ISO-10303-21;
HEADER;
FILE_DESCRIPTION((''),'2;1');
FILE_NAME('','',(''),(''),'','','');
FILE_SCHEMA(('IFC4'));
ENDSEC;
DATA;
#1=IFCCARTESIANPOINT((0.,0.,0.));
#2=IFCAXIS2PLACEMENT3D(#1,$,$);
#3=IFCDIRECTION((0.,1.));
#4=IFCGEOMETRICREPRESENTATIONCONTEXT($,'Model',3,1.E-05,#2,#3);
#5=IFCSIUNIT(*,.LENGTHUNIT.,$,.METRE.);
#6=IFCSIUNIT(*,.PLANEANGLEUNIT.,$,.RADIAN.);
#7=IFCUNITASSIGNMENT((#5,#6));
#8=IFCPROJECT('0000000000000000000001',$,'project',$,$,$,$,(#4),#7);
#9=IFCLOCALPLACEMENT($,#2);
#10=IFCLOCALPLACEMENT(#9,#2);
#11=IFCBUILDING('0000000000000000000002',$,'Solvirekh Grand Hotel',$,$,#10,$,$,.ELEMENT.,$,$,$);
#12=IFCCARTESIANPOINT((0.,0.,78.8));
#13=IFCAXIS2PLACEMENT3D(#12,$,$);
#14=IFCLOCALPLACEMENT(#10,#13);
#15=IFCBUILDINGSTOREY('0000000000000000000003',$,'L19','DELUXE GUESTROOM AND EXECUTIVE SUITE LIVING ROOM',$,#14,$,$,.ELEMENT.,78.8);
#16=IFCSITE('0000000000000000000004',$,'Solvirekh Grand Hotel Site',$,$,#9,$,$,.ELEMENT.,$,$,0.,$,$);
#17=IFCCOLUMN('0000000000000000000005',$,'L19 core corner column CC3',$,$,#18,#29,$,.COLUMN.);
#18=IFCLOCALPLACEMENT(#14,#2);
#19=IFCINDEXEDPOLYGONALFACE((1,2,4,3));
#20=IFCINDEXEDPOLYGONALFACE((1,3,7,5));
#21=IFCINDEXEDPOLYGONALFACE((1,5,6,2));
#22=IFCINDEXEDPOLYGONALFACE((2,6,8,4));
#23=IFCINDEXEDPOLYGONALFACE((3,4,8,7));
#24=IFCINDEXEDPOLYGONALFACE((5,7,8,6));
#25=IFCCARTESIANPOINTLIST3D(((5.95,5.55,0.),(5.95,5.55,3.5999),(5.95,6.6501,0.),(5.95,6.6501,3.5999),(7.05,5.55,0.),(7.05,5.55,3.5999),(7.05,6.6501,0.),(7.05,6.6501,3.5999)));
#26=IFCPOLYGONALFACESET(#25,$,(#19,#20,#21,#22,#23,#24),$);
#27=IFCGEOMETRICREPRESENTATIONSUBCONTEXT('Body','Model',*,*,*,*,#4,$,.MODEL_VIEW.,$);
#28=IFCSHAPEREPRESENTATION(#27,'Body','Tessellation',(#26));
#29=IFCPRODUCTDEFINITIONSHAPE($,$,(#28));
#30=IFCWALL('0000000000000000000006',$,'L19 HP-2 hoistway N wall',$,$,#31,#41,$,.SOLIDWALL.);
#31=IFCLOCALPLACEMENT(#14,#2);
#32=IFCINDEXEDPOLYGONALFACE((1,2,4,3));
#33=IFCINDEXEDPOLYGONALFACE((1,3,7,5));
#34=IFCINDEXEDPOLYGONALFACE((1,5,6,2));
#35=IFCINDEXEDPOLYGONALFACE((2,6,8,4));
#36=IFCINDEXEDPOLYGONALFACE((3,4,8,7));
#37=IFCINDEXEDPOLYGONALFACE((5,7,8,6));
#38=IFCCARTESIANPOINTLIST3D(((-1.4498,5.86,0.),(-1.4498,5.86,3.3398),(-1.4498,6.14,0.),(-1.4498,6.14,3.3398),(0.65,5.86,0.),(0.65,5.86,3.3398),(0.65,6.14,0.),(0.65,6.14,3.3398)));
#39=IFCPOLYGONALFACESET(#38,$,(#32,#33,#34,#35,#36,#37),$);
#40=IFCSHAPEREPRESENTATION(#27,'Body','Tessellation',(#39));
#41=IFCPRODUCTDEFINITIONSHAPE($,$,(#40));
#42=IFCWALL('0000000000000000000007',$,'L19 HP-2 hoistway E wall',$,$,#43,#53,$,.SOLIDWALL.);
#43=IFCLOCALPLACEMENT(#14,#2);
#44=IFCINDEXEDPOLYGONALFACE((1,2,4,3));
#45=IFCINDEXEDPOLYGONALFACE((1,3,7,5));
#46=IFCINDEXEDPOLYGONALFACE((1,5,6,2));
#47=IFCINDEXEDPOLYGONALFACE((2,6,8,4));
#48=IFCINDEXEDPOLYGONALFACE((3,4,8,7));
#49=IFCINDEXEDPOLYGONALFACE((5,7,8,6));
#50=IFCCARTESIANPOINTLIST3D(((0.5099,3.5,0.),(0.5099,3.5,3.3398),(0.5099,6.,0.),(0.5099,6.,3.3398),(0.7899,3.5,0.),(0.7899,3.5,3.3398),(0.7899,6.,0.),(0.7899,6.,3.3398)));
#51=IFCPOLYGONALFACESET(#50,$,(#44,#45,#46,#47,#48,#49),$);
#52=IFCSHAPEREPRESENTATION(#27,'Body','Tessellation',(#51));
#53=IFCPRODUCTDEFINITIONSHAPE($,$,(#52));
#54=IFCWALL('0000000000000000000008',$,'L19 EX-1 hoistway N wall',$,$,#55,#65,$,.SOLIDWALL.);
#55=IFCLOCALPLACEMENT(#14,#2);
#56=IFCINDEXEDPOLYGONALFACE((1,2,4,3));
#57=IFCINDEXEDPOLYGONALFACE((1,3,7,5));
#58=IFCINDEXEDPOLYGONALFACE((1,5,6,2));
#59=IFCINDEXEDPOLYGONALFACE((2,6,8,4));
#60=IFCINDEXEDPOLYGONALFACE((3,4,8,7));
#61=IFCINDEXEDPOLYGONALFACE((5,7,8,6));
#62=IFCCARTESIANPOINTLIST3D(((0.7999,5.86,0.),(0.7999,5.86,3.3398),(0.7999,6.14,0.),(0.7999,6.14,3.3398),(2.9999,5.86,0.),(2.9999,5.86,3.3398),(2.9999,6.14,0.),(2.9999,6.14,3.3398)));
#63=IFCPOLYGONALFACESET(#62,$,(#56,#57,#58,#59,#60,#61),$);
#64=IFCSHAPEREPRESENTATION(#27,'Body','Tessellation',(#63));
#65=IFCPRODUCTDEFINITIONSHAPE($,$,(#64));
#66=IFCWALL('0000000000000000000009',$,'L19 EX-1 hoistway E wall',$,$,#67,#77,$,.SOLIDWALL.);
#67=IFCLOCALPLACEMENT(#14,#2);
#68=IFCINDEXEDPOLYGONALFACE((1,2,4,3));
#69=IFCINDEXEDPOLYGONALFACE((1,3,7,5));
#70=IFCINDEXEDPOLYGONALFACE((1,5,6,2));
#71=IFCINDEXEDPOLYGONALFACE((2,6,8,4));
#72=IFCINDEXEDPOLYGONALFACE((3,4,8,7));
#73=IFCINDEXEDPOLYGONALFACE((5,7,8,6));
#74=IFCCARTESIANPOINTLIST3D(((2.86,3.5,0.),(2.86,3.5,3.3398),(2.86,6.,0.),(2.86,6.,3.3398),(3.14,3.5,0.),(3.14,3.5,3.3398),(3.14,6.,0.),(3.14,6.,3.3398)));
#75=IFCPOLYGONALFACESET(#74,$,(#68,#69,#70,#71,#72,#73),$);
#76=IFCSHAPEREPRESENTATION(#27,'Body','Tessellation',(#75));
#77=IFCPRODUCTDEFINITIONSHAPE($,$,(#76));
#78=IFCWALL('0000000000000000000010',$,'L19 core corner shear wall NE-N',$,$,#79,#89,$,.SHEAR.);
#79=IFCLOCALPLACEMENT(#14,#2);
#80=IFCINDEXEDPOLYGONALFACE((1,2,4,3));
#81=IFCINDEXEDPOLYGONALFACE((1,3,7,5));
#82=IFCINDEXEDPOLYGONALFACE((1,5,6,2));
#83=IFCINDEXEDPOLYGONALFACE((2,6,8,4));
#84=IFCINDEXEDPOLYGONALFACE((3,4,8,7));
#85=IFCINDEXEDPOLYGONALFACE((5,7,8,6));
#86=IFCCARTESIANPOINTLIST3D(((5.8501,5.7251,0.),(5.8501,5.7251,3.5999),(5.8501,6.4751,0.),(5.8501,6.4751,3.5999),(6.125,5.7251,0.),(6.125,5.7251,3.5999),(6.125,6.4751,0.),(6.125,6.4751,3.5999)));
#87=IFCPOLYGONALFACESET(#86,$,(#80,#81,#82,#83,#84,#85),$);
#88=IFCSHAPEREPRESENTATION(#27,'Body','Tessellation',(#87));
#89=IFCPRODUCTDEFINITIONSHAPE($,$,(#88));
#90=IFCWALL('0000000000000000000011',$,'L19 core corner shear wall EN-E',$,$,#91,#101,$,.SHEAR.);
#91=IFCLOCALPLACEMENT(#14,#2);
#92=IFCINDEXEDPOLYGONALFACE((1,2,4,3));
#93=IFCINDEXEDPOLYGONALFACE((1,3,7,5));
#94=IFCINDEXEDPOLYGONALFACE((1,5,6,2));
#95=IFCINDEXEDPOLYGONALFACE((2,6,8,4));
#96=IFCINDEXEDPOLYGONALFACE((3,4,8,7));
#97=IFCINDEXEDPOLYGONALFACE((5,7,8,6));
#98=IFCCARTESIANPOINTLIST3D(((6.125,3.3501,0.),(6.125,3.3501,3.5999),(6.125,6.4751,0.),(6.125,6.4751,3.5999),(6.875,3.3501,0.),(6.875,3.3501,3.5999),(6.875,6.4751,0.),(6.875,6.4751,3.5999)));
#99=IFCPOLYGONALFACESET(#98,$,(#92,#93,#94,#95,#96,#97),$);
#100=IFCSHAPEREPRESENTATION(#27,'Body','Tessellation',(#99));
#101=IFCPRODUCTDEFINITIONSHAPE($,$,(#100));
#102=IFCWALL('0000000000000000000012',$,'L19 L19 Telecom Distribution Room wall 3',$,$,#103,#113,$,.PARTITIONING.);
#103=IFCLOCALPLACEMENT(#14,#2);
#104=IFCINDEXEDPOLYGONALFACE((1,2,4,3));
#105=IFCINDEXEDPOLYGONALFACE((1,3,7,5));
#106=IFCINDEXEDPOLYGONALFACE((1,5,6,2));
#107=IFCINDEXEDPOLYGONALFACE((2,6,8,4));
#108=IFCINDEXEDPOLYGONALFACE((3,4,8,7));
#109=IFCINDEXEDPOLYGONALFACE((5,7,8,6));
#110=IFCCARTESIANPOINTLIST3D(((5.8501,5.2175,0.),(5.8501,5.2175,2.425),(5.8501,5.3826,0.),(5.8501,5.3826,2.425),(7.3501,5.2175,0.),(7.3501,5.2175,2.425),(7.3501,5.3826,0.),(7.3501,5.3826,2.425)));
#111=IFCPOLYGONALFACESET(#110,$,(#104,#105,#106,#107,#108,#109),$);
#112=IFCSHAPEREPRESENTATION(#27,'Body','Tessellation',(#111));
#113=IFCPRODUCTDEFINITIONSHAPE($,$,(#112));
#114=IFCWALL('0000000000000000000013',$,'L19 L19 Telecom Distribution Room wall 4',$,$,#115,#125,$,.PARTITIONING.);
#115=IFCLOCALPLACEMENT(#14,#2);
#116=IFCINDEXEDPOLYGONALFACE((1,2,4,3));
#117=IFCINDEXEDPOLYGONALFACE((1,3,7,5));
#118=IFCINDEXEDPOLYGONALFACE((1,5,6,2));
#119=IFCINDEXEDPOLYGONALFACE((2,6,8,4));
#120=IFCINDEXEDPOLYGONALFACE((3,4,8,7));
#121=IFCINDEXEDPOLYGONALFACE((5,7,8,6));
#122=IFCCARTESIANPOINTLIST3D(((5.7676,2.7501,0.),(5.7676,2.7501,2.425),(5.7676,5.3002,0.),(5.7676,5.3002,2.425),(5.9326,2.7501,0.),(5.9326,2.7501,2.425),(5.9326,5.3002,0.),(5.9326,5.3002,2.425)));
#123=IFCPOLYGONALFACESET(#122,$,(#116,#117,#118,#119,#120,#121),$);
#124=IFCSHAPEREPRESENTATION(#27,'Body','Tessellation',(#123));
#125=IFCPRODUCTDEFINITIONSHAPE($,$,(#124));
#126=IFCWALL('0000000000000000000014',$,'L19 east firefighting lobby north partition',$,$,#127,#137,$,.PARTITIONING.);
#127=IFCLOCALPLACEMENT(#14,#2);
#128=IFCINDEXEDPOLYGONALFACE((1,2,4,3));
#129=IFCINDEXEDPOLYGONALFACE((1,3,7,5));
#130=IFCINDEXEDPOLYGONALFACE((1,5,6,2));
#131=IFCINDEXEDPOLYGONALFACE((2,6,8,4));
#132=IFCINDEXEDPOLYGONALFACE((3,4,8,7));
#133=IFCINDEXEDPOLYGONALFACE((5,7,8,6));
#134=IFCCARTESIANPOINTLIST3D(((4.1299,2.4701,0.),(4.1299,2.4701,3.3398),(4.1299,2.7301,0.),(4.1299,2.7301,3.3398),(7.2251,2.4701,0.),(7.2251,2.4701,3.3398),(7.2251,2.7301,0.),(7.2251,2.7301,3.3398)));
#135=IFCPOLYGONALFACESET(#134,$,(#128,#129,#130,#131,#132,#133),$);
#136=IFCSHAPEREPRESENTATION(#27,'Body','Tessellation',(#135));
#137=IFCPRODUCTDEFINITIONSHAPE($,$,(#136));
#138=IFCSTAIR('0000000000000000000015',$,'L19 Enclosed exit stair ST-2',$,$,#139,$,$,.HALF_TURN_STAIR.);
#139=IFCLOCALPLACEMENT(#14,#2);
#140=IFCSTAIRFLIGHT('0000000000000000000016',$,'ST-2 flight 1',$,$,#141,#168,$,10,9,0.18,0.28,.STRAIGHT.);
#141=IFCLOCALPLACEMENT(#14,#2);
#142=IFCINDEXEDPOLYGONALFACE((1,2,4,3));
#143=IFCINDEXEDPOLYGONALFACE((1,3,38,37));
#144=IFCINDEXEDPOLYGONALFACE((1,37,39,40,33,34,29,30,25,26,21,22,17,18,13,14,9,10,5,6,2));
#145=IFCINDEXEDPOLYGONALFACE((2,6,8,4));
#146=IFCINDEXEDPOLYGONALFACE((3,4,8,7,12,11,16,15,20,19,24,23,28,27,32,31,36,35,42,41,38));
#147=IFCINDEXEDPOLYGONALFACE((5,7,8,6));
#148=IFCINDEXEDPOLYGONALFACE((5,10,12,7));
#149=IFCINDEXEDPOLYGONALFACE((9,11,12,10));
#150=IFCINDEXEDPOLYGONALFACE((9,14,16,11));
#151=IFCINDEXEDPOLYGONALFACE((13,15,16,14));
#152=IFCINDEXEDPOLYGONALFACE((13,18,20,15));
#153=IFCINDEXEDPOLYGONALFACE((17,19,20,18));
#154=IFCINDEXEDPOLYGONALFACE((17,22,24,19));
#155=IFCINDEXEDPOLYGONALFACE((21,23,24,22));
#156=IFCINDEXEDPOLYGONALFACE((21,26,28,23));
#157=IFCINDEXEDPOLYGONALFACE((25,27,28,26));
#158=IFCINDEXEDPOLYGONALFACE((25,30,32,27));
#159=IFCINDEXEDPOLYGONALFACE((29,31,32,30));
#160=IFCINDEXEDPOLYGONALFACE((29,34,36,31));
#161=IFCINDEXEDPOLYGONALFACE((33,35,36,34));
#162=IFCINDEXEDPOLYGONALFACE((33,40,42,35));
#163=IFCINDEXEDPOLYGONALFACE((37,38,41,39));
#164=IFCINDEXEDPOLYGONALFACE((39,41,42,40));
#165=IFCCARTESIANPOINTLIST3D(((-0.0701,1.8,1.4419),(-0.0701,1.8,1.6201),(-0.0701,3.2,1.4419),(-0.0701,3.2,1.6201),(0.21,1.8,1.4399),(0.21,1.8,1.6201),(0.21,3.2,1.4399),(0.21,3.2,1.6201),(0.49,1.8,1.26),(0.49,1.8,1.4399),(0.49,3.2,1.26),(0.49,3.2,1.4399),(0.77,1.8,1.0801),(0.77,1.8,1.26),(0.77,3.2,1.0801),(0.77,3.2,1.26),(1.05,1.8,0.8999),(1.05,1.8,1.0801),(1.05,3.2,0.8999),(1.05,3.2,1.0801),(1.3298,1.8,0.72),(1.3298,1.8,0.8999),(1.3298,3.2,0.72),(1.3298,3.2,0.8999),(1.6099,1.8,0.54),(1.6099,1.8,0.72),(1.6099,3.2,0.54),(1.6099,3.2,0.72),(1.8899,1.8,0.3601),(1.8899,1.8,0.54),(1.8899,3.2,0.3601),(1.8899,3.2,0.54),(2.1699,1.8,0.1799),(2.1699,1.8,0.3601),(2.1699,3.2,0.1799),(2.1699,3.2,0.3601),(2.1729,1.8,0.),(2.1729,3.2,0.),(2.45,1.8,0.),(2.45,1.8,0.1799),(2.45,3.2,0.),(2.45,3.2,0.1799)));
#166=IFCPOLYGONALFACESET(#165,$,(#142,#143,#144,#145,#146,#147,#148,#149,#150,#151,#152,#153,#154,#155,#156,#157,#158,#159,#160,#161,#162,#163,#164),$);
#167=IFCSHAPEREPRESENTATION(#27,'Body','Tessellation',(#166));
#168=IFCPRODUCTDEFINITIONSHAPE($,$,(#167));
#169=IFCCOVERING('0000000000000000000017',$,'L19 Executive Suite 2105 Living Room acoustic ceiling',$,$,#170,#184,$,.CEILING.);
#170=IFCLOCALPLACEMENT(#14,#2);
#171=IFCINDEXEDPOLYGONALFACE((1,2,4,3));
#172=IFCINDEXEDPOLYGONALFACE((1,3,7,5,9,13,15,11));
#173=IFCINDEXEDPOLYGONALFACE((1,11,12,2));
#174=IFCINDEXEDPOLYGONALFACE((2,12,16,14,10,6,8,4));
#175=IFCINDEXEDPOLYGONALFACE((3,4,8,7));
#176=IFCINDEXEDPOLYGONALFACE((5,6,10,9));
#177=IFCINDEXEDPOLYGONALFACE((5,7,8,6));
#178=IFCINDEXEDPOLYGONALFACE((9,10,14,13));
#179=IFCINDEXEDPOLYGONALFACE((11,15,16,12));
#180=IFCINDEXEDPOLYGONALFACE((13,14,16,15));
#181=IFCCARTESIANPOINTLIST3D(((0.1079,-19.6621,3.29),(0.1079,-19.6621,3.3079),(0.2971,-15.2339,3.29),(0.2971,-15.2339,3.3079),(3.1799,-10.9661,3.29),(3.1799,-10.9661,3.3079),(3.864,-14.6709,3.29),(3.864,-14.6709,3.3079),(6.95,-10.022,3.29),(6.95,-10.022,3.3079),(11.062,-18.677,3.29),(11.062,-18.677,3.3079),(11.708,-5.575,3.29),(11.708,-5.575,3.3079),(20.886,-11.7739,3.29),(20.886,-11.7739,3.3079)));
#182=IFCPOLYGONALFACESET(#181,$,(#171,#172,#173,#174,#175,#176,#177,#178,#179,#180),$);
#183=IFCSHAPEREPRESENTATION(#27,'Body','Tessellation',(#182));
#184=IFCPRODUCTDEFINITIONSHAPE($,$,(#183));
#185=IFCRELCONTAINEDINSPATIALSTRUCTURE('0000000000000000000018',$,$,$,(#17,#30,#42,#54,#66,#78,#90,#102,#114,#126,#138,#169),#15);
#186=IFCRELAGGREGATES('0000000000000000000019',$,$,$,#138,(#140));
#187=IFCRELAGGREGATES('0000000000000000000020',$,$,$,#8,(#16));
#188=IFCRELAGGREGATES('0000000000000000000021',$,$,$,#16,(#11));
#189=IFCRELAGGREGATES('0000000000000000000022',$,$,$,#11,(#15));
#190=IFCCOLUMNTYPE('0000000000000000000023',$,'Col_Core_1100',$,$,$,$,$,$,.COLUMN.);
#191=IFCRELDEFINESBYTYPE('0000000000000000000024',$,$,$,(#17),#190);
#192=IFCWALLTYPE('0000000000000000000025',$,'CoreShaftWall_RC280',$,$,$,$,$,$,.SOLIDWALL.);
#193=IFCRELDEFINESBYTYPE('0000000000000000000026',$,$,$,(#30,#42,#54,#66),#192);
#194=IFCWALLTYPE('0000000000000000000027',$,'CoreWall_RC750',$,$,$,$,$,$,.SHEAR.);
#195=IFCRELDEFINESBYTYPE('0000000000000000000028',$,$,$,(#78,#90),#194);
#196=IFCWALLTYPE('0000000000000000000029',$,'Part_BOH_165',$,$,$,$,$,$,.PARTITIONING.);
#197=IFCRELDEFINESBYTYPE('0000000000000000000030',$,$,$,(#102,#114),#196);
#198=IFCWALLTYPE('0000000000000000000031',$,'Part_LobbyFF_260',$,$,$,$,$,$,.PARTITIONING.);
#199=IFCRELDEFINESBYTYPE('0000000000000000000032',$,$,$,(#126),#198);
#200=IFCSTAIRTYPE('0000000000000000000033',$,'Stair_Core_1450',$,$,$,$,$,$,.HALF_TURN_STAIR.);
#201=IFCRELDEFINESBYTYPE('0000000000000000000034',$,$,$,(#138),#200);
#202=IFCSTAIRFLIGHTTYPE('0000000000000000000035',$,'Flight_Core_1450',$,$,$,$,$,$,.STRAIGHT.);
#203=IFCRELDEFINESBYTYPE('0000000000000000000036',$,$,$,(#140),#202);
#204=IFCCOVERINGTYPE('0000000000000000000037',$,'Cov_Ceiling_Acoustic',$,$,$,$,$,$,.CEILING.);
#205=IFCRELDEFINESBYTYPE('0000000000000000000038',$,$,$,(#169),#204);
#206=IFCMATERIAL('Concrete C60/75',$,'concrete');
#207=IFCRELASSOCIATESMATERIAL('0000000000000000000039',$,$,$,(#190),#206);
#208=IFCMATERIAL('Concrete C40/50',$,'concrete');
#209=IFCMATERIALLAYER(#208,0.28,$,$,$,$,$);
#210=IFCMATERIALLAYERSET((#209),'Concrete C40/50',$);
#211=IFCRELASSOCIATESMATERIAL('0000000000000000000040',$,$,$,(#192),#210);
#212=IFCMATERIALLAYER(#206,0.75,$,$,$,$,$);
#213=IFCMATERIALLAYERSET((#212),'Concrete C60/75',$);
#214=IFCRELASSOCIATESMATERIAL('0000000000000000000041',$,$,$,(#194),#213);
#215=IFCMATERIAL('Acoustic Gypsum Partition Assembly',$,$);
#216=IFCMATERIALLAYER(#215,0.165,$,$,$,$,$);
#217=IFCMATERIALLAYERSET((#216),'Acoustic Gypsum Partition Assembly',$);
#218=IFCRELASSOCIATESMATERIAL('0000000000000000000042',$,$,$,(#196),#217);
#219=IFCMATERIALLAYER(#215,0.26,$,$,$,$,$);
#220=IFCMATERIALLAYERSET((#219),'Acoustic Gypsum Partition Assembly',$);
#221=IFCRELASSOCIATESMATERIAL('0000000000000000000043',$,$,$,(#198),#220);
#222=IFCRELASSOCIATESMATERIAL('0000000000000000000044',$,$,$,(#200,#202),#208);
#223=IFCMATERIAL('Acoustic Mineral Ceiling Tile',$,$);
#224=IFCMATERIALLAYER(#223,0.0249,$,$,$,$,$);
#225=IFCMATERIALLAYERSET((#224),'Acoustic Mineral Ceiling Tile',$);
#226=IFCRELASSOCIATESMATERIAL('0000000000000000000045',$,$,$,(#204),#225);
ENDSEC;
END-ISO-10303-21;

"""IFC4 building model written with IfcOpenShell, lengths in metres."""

from ifc_helpers import new_model, si_unit, direction, frame, frame_2d, origin, origin_2d, place, context, subcontext, project, spatial, polyline, rectangle, outline, extrude, material, layer, layer_set, material_profile, profile_set, type_object, element, aggregate, save


model = new_model("IFC4")

# Units and contexts
model_context = context("Model", 3, precision=1e-05, world=origin(), true_north=direction((0.0, 1.0)))
body_context = subcontext(model_context, "Body", "Model", "MODEL_VIEW")
ifc_project = project(units=[si_unit("LENGTHUNIT", "METRE"), si_unit("PLANEANGLEUNIT", "RADIAN")], contexts=[model_context])

# Site, building, storey
site_placement = place(None, origin())
site = spatial("IfcSite", under=ifc_project, at=site_placement, Name="Solvirekh Grand Hotel Site", CompositionType="ELEMENT", RefElevation=0.0)
building_placement = place(site_placement, origin())
building = spatial("IfcBuilding", under=site, at=building_placement, Name="Solvirekh Grand Hotel", CompositionType="ELEMENT")
storey_placement = place(building_placement, frame((0.0, 0.0, 78.8)))
storey = spatial("IfcBuildingStorey", under=building, at=storey_placement, Name="L19", Description="DELUXE GUESTROOM AND EXECUTIVE SUITE LIVING ROOM", CompositionType="ELEMENT", Elevation=78.8)

# Column
ifc_material_1 = material(Name="Concrete C60/75", Category="concrete")
ifc_material_profile = material_profile(ifc_material_1, rectangle(XDim=1.1001, YDim=1.1001, at=origin_2d()), Name="RC 1100X1100")
ifc_profile_set = profile_set([ifc_material_profile], Name="Concrete C60/75")
column_type = type_object("IfcColumnType", Name="Col_Core_1100", PredefinedType="COLUMN", material=ifc_profile_set)
column_placement = place(storey_placement, frame((6.5, 6.1001, 0.0), z_axis=(0.0, 0.0, 1.0), x_axis=(1.0, 0.0, 0.0)))
element("IfcColumn", 1, at=column_placement, inside=storey, type_object=column_type, Name="L19 core corner column CC3", PredefinedType="COLUMN", context=body_context, shape_type="SweptSolid", body=[
    extrude(rectangle(XDim=1.1001, YDim=1.1001, at=origin_2d()), origin(), (0.0, 0.0, 1.0), 3.5999),
])

# Walls
ifc_material_2 = material(Name="Concrete C40/50", Category="concrete")
ifc_layer_1 = layer(ifc_material_2, 0.28)
ifc_layer_set_1 = layer_set([ifc_layer_1], Name="Concrete C40/50")
wall_type_1 = type_object("IfcWallType", Name="CoreShaftWall_RC280", PredefinedType="SOLIDWALL", material=ifc_layer_set_1)
wall_1_placement = place(storey_placement, frame((0.6499, 6.0, 0.0), z_axis=(0.0, 0.0, 1.0), x_axis=(-1.0, 0.0, 0.0)))
element("IfcWall", 2, at=wall_1_placement, inside=storey, type_object=wall_type_1, Name="L19 HP-2 hoistway N wall", PredefinedType="SOLIDWALL", context=body_context, shape_type="SweptSolid", body=[
    extrude(rectangle(XDim=2.0999, YDim=0.28, at=frame_2d((1.0498, 0.0))), origin(), (0.0, 0.0, 1.0), 3.3398),
])
wall_2_placement = place(storey_placement, frame((0.6499, 3.5, 0.0), z_axis=(0.0, 0.0, 1.0), x_axis=(0.0, 1.0, 0.0)))
element("IfcWall", 3, at=wall_2_placement, inside=storey, type_object=wall_type_1, Name="L19 HP-2 hoistway E wall", PredefinedType="SOLIDWALL", context=body_context, shape_type="SweptSolid", body=[
    extrude(rectangle(XDim=2.5, YDim=0.28, at=frame_2d((1.25, 0.0))), origin(), (0.0, 0.0, 1.0), 3.3398),
])
wall_3_placement = place(storey_placement, frame((3.0, 6.0, 0.0), z_axis=(0.0, 0.0, 1.0), x_axis=(-1.0, 0.0, 0.0)))
element("IfcWall", 4, at=wall_3_placement, inside=storey, type_object=wall_type_1, Name="L19 EX-1 hoistway N wall", PredefinedType="SOLIDWALL", context=body_context, shape_type="SweptSolid", body=[
    extrude(rectangle(XDim=2.2, YDim=0.28, at=frame_2d((1.1001, 0.0))), origin(), (0.0, 0.0, 1.0), 3.3398),
])
wall_4_placement = place(storey_placement, frame((3.0, 3.5, 0.0), z_axis=(0.0, 0.0, 1.0), x_axis=(0.0, 1.0, 0.0)))
element("IfcWall", 5, at=wall_4_placement, inside=storey, type_object=wall_type_1, Name="L19 EX-1 hoistway E wall", PredefinedType="SOLIDWALL", context=body_context, shape_type="SweptSolid", body=[
    extrude(rectangle(XDim=2.5, YDim=0.28, at=frame_2d((1.25, 0.0))), origin(), (0.0, 0.0, 1.0), 3.3398),
])
ifc_layer_2 = layer(ifc_material_1, 0.75)
ifc_layer_set_2 = layer_set([ifc_layer_2], Name="Concrete C60/75")
wall_type_2 = type_object("IfcWallType", Name="CoreWall_RC750", PredefinedType="SHEAR", material=ifc_layer_set_2)
wall_5_placement = place(storey_placement, frame((5.8501, 6.1001, 0.0), z_axis=(0.0, 0.0, 1.0), x_axis=(1.0, 0.0, 0.0)))
element("IfcWall", 6, at=wall_5_placement, inside=storey, type_object=wall_type_2, Name="L19 core corner shear wall NE-N", PredefinedType="SHEAR", context=body_context, shape_type="SweptSolid", body=[
    extrude(rectangle(XDim=0.2749, YDim=0.75, at=frame_2d((0.1375, 0.0))), origin(), (0.0, 0.0, 1.0), 3.5999),
])
wall_6_placement = place(storey_placement, frame((6.5, 3.3501, 0.0), z_axis=(0.0, 0.0, 1.0), x_axis=(0.0, 1.0, 0.0)))
element("IfcWall", 7, at=wall_6_placement, inside=storey, type_object=wall_type_2, Name="L19 core corner shear wall EN-E", PredefinedType="SHEAR", context=body_context, shape_type="SweptSolid", body=[
    extrude(rectangle(XDim=3.125, YDim=0.75, at=frame_2d((1.5625, 0.0))), origin(), (0.0, 0.0, 1.0), 3.5999),
])

# Shared definitions
ifc_material_3 = material(Name="Acoustic Gypsum Partition Assembly")
ifc_layer_3 = layer(ifc_material_3, 0.165)
ifc_layer_set_3 = layer_set([ifc_layer_3], Name="Acoustic Gypsum Partition Assembly")
wall_type_3 = type_object("IfcWallType", Name="Part_BOH_165", PredefinedType="PARTITIONING", material=ifc_layer_set_3)

# Walls
wall_7_placement = place(storey_placement, frame((7.3501, 5.3, 0.0), z_axis=(0.0, 0.0, 1.0), x_axis=(-1.0, 0.0, 0.0)))
element("IfcWall", 8, at=wall_7_placement, inside=storey, type_object=wall_type_3, Name="L19 L19 Telecom Distribution Room wall 3", PredefinedType="PARTITIONING", context=body_context, shape_type="SweptSolid", body=[
    extrude(rectangle(XDim=1.5, YDim=0.165, at=frame_2d((0.75, 0.0))), origin(), (0.0, 0.0, 1.0), 2.425),
])
wall_8_placement = place(storey_placement, frame((5.8501, 5.3, 0.0), z_axis=(0.0, 0.0, 1.0), x_axis=(0.0, -1.0, 0.0)))
element("IfcWall", 9, at=wall_8_placement, inside=storey, type_object=wall_type_3, Name="L19 L19 Telecom Distribution Room wall 4", PredefinedType="PARTITIONING", context=body_context, shape_type="SweptSolid", body=[
    extrude(rectangle(XDim=2.55, YDim=0.165, at=frame_2d((1.2749, 0.0))), origin(), (0.0, 0.0, 1.0), 2.425),
])
ifc_layer_4 = layer(ifc_material_3, 0.26)
ifc_layer_set_4 = layer_set([ifc_layer_4], Name="Acoustic Gypsum Partition Assembly")
wall_type_4 = type_object("IfcWallType", Name="Part_LobbyFF_260", PredefinedType="PARTITIONING", material=ifc_layer_set_4)
wall_9_placement = place(storey_placement, frame((4.1299, 2.6001, 0.0), z_axis=(0.0, 0.0, 1.0), x_axis=(1.0, 0.0, 0.0)))
element("IfcWall", 10, at=wall_9_placement, inside=storey, type_object=wall_type_4, Name="L19 east firefighting lobby north partition", PredefinedType="PARTITIONING", context=body_context, shape_type="SweptSolid", body=[
    extrude(rectangle(XDim=3.0952, YDim=0.26, at=frame_2d((1.5476, 0.0))), origin(), (0.0, 0.0, 1.0), 3.3398),
])

# Stair, stair flight
stair_type = type_object("IfcStairType", Name="Stair_Core_1450", PredefinedType="HALF_TURN_STAIR", material=ifc_material_2)
stair_placement = place(storey_placement, origin())
stair = element("IfcStair", 11, at=stair_placement, inside=storey, type_object=stair_type, Name="L19 Enclosed exit stair ST-2", PredefinedType="HALF_TURN_STAIR")
stair_flight_type = type_object("IfcStairFlightType", Name="Flight_Core_1450", PredefinedType="STRAIGHT", material=ifc_material_2)
stair_flight_placement = place(storey_placement, frame((2.45, 2.5, 0.0), z_axis=(0.0, 0.0, 1.0), x_axis=(-1.0, 0.0, 0.0)))
stair_flight = element("IfcStairFlight", 12, at=stair_flight_placement, type_object=stair_flight_type, Name="ST-2 flight 1", NumberOfRisers=10, NumberOfTreads=9, PredefinedType="STRAIGHT", RiserHeight=0.18, TreadLength=0.28, context=body_context, shape_type="SweptSolid", body=[
    extrude(outline(polyline([(0.0, 0.0), (0.0, 0.1799), (0.28, 0.1799), (0.28, 0.3601), (0.5601, 0.3601), (0.5601, 0.54), (0.8401, 0.54), (0.8401, 0.72), (1.1201, 0.72), (1.1201, 0.8999), (1.3999, 0.8999), (1.3999, 1.0801), (1.6799, 1.0801), (1.6799, 1.26), (1.96, 1.26), (1.96, 1.4399), (2.24, 1.4399), (2.24, 1.6201), (2.52, 1.6201), (2.52, 1.8), (2.52, 1.4419), (0.2771, 0.0), (0.0, 0.0)])), frame((0.0, 0.7, 0.0), z_axis=(0.0, -1.0, 0.0), x_axis=(1.0, 0.0, 0.0)), (0.0, 0.0, 1.0), 1.3999),
])
aggregate(stair, [stair_flight])

# Covering
ifc_material_4 = material(Name="Acoustic Mineral Ceiling Tile")
ifc_layer_5 = layer(ifc_material_4, 0.0249)
ifc_layer_set_5 = layer_set([ifc_layer_5], Name="Acoustic Mineral Ceiling Tile")
covering_type_1 = type_object("IfcCoveringType", Name="Cov_Ceiling_Acoustic", PredefinedType="CEILING", material=ifc_layer_set_5)
covering_1_placement = place(storey_placement, frame((0.0, 0.0, 3.29)))
element("IfcCovering", 13, at=covering_1_placement, inside=storey, type_object=covering_type_1, Name="L19 Executive Suite 2105 Living Room acoustic ceiling", PredefinedType="CEILING", context=body_context, shape_type="SweptSolid", body=[
    extrude(outline(polyline([(3.864, -14.6709), (0.2971, -15.2339), (0.1079, -19.6621), (11.062, -18.677), (20.886, -11.7739), (11.708, -5.575), (6.95, -10.022), (3.1799, -10.9661), (3.864, -14.6709)])), origin(), (0.0, 0.0, 1.0), 0.0178),
])

save(model, "model.ifc")
